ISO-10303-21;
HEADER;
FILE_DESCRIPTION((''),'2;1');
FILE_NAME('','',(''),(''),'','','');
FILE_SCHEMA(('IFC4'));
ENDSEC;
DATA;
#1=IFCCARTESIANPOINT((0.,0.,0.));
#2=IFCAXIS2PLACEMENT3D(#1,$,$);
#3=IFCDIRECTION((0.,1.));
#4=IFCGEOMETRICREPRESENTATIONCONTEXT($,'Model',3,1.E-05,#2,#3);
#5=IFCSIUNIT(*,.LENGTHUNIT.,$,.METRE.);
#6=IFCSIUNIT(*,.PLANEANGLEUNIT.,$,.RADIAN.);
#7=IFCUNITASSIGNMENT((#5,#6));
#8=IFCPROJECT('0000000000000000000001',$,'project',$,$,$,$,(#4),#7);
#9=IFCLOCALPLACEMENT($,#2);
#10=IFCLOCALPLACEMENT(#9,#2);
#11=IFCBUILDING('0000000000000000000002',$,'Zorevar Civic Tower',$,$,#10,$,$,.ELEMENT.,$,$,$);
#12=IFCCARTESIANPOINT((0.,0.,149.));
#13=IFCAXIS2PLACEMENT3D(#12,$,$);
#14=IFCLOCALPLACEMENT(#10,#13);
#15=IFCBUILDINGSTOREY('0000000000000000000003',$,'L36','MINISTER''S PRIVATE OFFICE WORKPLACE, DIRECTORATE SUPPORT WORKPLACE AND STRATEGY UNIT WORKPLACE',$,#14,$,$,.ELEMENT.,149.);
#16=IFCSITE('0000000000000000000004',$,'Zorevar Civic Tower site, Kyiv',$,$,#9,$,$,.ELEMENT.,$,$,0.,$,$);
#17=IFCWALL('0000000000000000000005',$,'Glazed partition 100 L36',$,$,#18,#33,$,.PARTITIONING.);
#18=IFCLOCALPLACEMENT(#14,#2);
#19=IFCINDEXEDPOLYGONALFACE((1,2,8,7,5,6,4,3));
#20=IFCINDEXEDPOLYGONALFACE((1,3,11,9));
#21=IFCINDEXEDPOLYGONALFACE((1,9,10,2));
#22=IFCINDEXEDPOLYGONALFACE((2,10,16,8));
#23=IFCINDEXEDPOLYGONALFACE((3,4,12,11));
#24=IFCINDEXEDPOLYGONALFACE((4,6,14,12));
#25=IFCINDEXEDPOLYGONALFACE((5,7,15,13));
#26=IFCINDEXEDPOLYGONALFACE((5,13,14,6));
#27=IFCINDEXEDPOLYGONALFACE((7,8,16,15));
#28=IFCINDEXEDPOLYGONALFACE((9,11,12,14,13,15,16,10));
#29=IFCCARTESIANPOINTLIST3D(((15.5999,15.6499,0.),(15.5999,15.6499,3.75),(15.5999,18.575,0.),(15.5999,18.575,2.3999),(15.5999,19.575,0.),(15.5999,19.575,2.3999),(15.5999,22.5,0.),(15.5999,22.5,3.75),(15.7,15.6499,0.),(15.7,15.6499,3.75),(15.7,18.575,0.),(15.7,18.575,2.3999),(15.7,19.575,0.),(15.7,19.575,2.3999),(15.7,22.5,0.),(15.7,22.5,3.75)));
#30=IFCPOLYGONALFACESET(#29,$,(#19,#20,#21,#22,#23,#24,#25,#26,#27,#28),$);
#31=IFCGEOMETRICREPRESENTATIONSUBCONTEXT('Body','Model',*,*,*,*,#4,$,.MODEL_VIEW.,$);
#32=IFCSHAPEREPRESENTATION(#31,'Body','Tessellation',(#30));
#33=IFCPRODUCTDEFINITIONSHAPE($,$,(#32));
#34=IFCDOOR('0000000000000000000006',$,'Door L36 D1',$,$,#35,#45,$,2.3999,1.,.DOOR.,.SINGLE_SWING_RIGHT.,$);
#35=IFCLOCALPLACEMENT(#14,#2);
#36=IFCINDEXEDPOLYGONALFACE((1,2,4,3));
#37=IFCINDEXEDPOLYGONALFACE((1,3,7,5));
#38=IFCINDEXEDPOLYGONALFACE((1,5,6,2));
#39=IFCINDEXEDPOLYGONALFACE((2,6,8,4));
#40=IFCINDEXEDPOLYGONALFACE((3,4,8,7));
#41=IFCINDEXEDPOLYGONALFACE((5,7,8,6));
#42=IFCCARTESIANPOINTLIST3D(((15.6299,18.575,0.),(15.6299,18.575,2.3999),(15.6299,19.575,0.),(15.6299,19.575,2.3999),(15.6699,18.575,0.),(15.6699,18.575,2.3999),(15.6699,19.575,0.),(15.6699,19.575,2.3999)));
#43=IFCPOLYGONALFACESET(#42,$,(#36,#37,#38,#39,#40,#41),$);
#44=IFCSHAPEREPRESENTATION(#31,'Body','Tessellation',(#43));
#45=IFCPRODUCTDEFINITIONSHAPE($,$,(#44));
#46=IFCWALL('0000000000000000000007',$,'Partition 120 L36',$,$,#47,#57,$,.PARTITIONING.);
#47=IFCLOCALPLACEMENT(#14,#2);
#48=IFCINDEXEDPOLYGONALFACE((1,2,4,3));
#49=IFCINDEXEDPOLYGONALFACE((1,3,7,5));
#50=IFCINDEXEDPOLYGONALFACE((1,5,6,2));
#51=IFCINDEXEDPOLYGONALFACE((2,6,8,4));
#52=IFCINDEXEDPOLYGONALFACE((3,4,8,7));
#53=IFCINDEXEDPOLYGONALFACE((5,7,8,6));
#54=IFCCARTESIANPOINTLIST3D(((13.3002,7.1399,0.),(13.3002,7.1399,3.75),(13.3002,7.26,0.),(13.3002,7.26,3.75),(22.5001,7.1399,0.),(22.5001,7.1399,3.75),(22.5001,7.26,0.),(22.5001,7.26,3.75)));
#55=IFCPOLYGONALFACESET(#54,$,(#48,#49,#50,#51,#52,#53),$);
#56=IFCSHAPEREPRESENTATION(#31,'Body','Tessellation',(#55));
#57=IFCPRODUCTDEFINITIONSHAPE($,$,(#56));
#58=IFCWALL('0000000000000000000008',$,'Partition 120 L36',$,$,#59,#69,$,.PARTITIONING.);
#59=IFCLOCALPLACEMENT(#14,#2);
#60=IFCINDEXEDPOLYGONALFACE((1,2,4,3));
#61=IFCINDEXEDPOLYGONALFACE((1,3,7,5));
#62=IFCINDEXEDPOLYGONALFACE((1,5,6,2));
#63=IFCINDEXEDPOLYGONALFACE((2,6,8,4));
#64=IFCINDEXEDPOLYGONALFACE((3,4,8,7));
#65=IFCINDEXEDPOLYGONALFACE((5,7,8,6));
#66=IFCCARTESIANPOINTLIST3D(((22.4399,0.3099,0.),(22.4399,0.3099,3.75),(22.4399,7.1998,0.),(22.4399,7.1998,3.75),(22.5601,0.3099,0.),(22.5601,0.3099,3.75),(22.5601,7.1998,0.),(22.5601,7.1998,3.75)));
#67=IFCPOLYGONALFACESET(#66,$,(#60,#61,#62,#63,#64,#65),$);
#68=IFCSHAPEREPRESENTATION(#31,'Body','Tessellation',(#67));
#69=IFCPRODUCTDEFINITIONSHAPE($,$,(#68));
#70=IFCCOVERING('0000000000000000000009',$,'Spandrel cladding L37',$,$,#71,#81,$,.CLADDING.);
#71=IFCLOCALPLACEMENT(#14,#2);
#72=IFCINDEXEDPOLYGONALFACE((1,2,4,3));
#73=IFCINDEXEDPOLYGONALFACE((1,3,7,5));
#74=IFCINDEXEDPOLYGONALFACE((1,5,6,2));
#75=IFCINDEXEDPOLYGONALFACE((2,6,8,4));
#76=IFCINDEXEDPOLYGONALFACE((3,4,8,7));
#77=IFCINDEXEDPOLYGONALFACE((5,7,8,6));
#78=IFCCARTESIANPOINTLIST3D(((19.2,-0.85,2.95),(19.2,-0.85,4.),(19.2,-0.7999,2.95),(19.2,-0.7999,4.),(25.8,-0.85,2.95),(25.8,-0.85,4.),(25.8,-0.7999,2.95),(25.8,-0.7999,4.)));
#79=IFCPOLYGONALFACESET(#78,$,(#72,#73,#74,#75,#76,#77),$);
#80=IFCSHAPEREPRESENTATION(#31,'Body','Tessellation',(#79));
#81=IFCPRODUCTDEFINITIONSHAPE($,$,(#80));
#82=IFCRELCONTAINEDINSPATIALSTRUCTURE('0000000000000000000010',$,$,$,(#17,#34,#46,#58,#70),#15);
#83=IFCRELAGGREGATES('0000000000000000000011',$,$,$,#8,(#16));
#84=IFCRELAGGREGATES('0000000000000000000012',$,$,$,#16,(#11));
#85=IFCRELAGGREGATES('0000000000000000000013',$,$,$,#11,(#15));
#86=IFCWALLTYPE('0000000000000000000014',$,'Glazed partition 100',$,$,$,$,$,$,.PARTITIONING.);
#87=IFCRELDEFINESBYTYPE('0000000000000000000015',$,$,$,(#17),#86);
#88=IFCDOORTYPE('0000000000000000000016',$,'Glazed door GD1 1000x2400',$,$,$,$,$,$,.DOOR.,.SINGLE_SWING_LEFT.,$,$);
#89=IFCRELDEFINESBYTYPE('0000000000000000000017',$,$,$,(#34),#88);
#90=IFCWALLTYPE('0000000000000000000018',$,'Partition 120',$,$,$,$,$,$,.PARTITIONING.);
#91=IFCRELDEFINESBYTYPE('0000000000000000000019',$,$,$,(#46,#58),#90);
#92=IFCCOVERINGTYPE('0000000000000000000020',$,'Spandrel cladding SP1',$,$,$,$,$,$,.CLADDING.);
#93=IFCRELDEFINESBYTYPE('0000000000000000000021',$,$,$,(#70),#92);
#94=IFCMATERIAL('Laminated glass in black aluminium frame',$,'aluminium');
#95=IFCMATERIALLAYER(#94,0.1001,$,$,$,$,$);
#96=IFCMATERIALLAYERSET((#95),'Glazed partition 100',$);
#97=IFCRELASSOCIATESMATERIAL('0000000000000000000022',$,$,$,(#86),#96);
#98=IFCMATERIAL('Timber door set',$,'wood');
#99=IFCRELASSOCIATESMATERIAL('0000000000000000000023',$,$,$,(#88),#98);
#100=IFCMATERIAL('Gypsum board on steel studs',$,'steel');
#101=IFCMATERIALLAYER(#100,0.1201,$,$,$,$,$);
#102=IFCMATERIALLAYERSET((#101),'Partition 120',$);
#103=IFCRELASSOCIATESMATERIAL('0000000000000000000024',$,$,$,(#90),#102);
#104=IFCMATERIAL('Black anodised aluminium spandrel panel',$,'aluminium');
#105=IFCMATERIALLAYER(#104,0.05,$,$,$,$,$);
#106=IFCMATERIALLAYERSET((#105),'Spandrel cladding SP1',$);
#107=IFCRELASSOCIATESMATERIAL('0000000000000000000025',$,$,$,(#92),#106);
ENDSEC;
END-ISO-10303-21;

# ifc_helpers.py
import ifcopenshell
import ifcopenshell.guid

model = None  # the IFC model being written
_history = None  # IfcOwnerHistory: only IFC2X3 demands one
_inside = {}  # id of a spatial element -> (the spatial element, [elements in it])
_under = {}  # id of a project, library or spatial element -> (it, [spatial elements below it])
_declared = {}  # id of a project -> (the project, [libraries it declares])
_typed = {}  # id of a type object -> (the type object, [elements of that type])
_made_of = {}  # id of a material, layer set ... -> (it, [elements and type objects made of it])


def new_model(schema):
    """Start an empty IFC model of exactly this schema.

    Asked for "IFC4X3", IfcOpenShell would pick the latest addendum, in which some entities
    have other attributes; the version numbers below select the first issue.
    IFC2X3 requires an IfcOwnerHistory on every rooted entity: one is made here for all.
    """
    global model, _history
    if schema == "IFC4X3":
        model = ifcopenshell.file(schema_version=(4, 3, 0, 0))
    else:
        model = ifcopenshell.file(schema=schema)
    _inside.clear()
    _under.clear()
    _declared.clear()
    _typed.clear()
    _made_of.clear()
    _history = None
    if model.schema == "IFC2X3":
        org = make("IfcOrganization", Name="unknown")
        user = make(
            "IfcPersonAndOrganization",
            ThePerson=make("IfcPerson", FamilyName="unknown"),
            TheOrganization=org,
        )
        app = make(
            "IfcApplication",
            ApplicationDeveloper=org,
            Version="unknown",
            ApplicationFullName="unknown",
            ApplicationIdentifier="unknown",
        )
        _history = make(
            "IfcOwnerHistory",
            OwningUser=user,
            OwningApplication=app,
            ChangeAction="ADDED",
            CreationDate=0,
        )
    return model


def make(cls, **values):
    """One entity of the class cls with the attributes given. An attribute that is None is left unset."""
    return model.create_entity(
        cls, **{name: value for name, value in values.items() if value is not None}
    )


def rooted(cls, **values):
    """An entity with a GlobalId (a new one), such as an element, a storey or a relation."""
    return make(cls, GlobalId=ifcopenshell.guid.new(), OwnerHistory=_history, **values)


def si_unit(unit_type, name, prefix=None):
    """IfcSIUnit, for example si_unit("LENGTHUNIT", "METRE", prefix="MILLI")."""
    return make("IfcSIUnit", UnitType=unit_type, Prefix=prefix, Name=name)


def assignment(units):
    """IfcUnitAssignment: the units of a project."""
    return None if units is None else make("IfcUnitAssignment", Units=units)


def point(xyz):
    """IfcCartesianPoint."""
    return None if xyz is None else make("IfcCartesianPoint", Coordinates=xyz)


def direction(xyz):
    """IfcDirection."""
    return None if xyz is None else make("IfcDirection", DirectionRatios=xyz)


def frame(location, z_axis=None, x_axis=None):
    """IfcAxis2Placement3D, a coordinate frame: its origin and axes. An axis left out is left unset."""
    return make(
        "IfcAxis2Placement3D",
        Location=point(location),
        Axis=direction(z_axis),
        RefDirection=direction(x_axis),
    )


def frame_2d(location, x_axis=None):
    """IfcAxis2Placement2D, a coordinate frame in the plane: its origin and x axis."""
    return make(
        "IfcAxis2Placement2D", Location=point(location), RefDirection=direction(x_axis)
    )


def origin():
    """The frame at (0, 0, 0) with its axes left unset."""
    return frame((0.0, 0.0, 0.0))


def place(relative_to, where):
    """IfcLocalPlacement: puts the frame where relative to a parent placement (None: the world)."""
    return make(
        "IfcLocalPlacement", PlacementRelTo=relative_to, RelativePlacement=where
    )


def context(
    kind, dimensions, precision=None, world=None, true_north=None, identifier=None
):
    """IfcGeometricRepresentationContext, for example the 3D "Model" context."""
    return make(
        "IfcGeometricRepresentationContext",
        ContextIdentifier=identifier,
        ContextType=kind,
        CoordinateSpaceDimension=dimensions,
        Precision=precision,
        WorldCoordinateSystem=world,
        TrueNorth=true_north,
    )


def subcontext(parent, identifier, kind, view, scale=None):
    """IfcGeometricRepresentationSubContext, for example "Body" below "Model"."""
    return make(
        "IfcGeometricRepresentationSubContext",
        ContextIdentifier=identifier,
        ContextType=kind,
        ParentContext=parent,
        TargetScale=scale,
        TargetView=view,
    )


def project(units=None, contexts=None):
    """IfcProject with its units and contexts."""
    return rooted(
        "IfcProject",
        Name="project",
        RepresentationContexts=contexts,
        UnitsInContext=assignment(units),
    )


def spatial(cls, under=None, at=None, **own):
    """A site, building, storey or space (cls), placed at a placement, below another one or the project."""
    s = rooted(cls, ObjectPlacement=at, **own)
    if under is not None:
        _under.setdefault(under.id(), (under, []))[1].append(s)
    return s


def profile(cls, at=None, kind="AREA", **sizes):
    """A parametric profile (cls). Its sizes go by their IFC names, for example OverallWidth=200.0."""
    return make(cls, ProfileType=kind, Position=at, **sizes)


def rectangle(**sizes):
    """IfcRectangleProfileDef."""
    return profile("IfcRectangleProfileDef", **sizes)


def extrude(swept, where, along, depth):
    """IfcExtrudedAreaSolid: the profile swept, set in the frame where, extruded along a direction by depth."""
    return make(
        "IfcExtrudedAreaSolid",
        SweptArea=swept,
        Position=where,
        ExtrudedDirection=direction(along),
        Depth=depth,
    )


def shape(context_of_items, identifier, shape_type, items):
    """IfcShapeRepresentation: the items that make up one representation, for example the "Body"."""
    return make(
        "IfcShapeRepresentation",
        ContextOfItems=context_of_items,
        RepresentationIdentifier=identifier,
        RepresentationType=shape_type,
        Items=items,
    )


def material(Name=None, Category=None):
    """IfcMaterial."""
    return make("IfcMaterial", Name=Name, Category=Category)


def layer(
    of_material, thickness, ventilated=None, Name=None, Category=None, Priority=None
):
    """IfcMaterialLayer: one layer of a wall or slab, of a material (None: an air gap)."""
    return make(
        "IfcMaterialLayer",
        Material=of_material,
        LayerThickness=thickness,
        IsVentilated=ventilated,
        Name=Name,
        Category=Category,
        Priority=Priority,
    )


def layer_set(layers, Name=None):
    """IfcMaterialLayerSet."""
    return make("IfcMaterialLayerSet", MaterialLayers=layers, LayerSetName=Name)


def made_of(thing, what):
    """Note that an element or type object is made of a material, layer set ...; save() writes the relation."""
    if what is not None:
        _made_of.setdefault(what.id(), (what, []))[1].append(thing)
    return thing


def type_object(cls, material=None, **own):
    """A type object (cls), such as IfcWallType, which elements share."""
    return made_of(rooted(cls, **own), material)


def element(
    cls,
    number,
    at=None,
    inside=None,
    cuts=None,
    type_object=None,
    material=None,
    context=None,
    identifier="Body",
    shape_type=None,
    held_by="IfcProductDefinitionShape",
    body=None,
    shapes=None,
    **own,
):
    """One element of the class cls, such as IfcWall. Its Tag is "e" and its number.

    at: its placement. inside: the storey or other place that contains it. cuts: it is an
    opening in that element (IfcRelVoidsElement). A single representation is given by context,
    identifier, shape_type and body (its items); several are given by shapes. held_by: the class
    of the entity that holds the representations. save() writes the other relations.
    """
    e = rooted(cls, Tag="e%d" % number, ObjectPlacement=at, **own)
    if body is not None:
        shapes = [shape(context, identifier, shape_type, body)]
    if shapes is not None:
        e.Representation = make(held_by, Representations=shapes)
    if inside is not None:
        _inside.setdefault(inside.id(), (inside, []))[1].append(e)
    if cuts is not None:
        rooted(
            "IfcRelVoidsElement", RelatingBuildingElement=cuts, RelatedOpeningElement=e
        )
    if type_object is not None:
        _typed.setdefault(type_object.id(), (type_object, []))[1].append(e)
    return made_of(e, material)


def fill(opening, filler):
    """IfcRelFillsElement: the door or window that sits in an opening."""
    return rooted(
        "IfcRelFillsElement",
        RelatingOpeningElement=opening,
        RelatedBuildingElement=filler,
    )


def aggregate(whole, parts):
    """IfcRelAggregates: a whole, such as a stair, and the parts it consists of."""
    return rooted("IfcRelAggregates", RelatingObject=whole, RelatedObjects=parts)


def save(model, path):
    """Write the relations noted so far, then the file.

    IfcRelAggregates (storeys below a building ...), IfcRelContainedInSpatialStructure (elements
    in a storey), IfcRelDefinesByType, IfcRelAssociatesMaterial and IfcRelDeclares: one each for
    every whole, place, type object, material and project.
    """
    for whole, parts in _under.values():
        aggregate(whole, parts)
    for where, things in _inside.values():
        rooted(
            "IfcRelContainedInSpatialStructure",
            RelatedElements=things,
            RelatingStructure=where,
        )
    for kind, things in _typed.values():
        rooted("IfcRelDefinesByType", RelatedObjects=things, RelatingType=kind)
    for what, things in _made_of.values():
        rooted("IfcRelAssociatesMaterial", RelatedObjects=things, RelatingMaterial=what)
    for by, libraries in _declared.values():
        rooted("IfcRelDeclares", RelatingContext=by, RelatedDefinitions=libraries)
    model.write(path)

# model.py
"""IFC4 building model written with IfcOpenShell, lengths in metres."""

from ifc_helpers import new_model, si_unit, direction, frame, frame_2d, origin, place, context, subcontext, project, spatial, rectangle, extrude, material, layer, layer_set, type_object, element, fill, save


model = new_model("IFC4")

# Units and contexts
model_context = context("Model", 3, precision=1e-05, world=origin(), true_north=direction((0.0, 1.0)))
body_context = subcontext(model_context, "Body", "Model", "MODEL_VIEW")
ifc_project = project(units=[si_unit("LENGTHUNIT", "METRE"), si_unit("PLANEANGLEUNIT", "RADIAN")], contexts=[model_context])

# Site, building, storey
site_placement = place(None, origin())
site = spatial("IfcSite", under=ifc_project, at=site_placement, Name="Zorevar Civic Tower site, Kyiv", CompositionType="ELEMENT", RefElevation=0.0)
building_placement = place(site_placement, origin())
building = spatial("IfcBuilding", under=site, at=building_placement, Name="Zorevar Civic Tower", CompositionType="ELEMENT")
storey_placement = place(building_placement, frame((0.0, 0.0, 149.0)))
storey = spatial("IfcBuildingStorey", under=building, at=storey_placement, Name="L36", Description="MINISTER'S PRIVATE OFFICE WORKPLACE, DIRECTORATE SUPPORT WORKPLACE AND STRATEGY UNIT WORKPLACE", CompositionType="ELEMENT", Elevation=149.0)

# Wall, opening, door
ifc_material_1 = material(Name="Laminated glass in black aluminium frame", Category="aluminium")
ifc_layer_1 = layer(ifc_material_1, 0.1001)
ifc_layer_set_1 = layer_set([ifc_layer_1], Name="Glazed partition 100")
wall_type_1 = type_object("IfcWallType", Name="Glazed partition 100", PredefinedType="PARTITIONING", material=ifc_layer_set_1)
ifc_material_2 = material(Name="Timber door set", Category="wood")
door_type = type_object("IfcDoorType", Name="Glazed door GD1 1000x2400", OperationType="SINGLE_SWING_LEFT", PredefinedType="DOOR", material=ifc_material_2)
wall_1_placement = place(storey_placement, frame((15.6499, 15.6499, 0.0), z_axis=(0.0, 0.0, 1.0), x_axis=(0.0, 1.0, 0.0)))
wall_1 = element("IfcWall", 1, at=wall_1_placement, inside=storey, type_object=wall_type_1, Name="Glazed partition 100 L36", PredefinedType="PARTITIONING", context=body_context, shape_type="SweptSolid", body=[
    extrude(rectangle(XDim=6.8501, YDim=0.1001, at=frame_2d((3.425, 0.0))), origin(), (0.0, 0.0, 1.0), 3.75),
])
opening_1_placement = place(wall_1_placement, frame((2.925, 0.0, 0.0)))
opening_1 = element("IfcOpeningElement", 2, at=opening_1_placement, cuts=wall_1, PredefinedType="OPENING", context=body_context, shape_type="SweptSolid", body=[
    extrude(rectangle(XDim=1.0, YDim=2.3999, at=frame_2d((0.5, 1.2))), frame((0.0, 0.0601, 0.0), z_axis=(0.0, -1.0, 0.0), x_axis=(1.0, 0.0, 0.0)), (0.0, 0.0, 1.0), 0.1201),
])
door_1_placement = place(opening_1_placement, origin())
door_1 = element("IfcDoor", 3, at=door_1_placement, inside=storey, type_object=door_type, Name="Door L36 D1", OperationType="SINGLE_SWING_RIGHT", OverallHeight=2.3999, OverallWidth=1.0, PredefinedType="DOOR", context=body_context, shape_type="SweptSolid", body=[
    extrude(rectangle(XDim=1.0, YDim=2.3999, at=frame_2d((0.5, 1.2))), frame((0.0, 0.02, 0.0), z_axis=(0.0, -1.0, 0.0), x_axis=(1.0, 0.0, 0.0)), (0.0, 0.0, 1.0), 0.04),
])
fill(opening_1, door_1)

# Walls
ifc_material_3 = material(Name="Gypsum board on steel studs", Category="steel")
ifc_layer_2 = layer(ifc_material_3, 0.1201)
ifc_layer_set_2 = layer_set([ifc_layer_2], Name="Partition 120")
wall_type_2 = type_object("IfcWallType", Name="Partition 120", PredefinedType="PARTITIONING", material=ifc_layer_set_2)
wall_2_placement = place(storey_placement, frame((13.3, 7.2, 0.0), z_axis=(0.0, 0.0, 1.0), x_axis=(1.0, 0.0, 0.0)))
element("IfcWall", 4, at=wall_2_placement, inside=storey, type_object=wall_type_2, Name="Partition 120 L36", PredefinedType="PARTITIONING", context=body_context, shape_type="SweptSolid", body=[
    extrude(rectangle(XDim=9.2, YDim=0.1201, at=frame_2d((4.6001, 0.0))), origin(), (0.0, 0.0, 1.0), 3.75),
])
wall_3_placement = place(storey_placement, frame((22.5, 0.3101, 0.0), z_axis=(0.0, 0.0, 1.0), x_axis=(0.0, 1.0, 0.0)))
element("IfcWall", 5, at=wall_3_placement, inside=storey, type_object=wall_type_2, Name="Partition 120 L36", PredefinedType="PARTITIONING", context=body_context, shape_type="SweptSolid", body=[
    extrude(rectangle(XDim=6.8899, YDim=0.1201, at=frame_2d((3.4448, 0.0))), origin(), (0.0, 0.0, 1.0), 3.75),
])

# Covering
ifc_material_4 = material(Name="Black anodised aluminium spandrel panel", Category="aluminium")
ifc_layer_3 = layer(ifc_material_4, 0.05)
ifc_layer_set_3 = layer_set([ifc_layer_3], Name="Spandrel cladding SP1")
covering_type = type_object("IfcCoveringType", Name="Spandrel cladding SP1", PredefinedType="CLADDING", material=ifc_layer_set_3)
covering_placement = place(storey_placement, frame((19.2, -0.825, 2.95), z_axis=(0.0, 0.0, 1.0), x_axis=(1.0, 0.0, 0.0)))
element("IfcCovering", 6, at=covering_placement, inside=storey, type_object=covering_type, Name="Spandrel cladding L37", PredefinedType="CLADDING", context=body_context, shape_type="SweptSolid", body=[
    extrude(rectangle(XDim=6.6001, YDim=0.05, at=frame_2d((3.3, 0.0))), origin(), (0.0, 0.0, 1.0), 1.05),
])

save(model, "model.ifc")
